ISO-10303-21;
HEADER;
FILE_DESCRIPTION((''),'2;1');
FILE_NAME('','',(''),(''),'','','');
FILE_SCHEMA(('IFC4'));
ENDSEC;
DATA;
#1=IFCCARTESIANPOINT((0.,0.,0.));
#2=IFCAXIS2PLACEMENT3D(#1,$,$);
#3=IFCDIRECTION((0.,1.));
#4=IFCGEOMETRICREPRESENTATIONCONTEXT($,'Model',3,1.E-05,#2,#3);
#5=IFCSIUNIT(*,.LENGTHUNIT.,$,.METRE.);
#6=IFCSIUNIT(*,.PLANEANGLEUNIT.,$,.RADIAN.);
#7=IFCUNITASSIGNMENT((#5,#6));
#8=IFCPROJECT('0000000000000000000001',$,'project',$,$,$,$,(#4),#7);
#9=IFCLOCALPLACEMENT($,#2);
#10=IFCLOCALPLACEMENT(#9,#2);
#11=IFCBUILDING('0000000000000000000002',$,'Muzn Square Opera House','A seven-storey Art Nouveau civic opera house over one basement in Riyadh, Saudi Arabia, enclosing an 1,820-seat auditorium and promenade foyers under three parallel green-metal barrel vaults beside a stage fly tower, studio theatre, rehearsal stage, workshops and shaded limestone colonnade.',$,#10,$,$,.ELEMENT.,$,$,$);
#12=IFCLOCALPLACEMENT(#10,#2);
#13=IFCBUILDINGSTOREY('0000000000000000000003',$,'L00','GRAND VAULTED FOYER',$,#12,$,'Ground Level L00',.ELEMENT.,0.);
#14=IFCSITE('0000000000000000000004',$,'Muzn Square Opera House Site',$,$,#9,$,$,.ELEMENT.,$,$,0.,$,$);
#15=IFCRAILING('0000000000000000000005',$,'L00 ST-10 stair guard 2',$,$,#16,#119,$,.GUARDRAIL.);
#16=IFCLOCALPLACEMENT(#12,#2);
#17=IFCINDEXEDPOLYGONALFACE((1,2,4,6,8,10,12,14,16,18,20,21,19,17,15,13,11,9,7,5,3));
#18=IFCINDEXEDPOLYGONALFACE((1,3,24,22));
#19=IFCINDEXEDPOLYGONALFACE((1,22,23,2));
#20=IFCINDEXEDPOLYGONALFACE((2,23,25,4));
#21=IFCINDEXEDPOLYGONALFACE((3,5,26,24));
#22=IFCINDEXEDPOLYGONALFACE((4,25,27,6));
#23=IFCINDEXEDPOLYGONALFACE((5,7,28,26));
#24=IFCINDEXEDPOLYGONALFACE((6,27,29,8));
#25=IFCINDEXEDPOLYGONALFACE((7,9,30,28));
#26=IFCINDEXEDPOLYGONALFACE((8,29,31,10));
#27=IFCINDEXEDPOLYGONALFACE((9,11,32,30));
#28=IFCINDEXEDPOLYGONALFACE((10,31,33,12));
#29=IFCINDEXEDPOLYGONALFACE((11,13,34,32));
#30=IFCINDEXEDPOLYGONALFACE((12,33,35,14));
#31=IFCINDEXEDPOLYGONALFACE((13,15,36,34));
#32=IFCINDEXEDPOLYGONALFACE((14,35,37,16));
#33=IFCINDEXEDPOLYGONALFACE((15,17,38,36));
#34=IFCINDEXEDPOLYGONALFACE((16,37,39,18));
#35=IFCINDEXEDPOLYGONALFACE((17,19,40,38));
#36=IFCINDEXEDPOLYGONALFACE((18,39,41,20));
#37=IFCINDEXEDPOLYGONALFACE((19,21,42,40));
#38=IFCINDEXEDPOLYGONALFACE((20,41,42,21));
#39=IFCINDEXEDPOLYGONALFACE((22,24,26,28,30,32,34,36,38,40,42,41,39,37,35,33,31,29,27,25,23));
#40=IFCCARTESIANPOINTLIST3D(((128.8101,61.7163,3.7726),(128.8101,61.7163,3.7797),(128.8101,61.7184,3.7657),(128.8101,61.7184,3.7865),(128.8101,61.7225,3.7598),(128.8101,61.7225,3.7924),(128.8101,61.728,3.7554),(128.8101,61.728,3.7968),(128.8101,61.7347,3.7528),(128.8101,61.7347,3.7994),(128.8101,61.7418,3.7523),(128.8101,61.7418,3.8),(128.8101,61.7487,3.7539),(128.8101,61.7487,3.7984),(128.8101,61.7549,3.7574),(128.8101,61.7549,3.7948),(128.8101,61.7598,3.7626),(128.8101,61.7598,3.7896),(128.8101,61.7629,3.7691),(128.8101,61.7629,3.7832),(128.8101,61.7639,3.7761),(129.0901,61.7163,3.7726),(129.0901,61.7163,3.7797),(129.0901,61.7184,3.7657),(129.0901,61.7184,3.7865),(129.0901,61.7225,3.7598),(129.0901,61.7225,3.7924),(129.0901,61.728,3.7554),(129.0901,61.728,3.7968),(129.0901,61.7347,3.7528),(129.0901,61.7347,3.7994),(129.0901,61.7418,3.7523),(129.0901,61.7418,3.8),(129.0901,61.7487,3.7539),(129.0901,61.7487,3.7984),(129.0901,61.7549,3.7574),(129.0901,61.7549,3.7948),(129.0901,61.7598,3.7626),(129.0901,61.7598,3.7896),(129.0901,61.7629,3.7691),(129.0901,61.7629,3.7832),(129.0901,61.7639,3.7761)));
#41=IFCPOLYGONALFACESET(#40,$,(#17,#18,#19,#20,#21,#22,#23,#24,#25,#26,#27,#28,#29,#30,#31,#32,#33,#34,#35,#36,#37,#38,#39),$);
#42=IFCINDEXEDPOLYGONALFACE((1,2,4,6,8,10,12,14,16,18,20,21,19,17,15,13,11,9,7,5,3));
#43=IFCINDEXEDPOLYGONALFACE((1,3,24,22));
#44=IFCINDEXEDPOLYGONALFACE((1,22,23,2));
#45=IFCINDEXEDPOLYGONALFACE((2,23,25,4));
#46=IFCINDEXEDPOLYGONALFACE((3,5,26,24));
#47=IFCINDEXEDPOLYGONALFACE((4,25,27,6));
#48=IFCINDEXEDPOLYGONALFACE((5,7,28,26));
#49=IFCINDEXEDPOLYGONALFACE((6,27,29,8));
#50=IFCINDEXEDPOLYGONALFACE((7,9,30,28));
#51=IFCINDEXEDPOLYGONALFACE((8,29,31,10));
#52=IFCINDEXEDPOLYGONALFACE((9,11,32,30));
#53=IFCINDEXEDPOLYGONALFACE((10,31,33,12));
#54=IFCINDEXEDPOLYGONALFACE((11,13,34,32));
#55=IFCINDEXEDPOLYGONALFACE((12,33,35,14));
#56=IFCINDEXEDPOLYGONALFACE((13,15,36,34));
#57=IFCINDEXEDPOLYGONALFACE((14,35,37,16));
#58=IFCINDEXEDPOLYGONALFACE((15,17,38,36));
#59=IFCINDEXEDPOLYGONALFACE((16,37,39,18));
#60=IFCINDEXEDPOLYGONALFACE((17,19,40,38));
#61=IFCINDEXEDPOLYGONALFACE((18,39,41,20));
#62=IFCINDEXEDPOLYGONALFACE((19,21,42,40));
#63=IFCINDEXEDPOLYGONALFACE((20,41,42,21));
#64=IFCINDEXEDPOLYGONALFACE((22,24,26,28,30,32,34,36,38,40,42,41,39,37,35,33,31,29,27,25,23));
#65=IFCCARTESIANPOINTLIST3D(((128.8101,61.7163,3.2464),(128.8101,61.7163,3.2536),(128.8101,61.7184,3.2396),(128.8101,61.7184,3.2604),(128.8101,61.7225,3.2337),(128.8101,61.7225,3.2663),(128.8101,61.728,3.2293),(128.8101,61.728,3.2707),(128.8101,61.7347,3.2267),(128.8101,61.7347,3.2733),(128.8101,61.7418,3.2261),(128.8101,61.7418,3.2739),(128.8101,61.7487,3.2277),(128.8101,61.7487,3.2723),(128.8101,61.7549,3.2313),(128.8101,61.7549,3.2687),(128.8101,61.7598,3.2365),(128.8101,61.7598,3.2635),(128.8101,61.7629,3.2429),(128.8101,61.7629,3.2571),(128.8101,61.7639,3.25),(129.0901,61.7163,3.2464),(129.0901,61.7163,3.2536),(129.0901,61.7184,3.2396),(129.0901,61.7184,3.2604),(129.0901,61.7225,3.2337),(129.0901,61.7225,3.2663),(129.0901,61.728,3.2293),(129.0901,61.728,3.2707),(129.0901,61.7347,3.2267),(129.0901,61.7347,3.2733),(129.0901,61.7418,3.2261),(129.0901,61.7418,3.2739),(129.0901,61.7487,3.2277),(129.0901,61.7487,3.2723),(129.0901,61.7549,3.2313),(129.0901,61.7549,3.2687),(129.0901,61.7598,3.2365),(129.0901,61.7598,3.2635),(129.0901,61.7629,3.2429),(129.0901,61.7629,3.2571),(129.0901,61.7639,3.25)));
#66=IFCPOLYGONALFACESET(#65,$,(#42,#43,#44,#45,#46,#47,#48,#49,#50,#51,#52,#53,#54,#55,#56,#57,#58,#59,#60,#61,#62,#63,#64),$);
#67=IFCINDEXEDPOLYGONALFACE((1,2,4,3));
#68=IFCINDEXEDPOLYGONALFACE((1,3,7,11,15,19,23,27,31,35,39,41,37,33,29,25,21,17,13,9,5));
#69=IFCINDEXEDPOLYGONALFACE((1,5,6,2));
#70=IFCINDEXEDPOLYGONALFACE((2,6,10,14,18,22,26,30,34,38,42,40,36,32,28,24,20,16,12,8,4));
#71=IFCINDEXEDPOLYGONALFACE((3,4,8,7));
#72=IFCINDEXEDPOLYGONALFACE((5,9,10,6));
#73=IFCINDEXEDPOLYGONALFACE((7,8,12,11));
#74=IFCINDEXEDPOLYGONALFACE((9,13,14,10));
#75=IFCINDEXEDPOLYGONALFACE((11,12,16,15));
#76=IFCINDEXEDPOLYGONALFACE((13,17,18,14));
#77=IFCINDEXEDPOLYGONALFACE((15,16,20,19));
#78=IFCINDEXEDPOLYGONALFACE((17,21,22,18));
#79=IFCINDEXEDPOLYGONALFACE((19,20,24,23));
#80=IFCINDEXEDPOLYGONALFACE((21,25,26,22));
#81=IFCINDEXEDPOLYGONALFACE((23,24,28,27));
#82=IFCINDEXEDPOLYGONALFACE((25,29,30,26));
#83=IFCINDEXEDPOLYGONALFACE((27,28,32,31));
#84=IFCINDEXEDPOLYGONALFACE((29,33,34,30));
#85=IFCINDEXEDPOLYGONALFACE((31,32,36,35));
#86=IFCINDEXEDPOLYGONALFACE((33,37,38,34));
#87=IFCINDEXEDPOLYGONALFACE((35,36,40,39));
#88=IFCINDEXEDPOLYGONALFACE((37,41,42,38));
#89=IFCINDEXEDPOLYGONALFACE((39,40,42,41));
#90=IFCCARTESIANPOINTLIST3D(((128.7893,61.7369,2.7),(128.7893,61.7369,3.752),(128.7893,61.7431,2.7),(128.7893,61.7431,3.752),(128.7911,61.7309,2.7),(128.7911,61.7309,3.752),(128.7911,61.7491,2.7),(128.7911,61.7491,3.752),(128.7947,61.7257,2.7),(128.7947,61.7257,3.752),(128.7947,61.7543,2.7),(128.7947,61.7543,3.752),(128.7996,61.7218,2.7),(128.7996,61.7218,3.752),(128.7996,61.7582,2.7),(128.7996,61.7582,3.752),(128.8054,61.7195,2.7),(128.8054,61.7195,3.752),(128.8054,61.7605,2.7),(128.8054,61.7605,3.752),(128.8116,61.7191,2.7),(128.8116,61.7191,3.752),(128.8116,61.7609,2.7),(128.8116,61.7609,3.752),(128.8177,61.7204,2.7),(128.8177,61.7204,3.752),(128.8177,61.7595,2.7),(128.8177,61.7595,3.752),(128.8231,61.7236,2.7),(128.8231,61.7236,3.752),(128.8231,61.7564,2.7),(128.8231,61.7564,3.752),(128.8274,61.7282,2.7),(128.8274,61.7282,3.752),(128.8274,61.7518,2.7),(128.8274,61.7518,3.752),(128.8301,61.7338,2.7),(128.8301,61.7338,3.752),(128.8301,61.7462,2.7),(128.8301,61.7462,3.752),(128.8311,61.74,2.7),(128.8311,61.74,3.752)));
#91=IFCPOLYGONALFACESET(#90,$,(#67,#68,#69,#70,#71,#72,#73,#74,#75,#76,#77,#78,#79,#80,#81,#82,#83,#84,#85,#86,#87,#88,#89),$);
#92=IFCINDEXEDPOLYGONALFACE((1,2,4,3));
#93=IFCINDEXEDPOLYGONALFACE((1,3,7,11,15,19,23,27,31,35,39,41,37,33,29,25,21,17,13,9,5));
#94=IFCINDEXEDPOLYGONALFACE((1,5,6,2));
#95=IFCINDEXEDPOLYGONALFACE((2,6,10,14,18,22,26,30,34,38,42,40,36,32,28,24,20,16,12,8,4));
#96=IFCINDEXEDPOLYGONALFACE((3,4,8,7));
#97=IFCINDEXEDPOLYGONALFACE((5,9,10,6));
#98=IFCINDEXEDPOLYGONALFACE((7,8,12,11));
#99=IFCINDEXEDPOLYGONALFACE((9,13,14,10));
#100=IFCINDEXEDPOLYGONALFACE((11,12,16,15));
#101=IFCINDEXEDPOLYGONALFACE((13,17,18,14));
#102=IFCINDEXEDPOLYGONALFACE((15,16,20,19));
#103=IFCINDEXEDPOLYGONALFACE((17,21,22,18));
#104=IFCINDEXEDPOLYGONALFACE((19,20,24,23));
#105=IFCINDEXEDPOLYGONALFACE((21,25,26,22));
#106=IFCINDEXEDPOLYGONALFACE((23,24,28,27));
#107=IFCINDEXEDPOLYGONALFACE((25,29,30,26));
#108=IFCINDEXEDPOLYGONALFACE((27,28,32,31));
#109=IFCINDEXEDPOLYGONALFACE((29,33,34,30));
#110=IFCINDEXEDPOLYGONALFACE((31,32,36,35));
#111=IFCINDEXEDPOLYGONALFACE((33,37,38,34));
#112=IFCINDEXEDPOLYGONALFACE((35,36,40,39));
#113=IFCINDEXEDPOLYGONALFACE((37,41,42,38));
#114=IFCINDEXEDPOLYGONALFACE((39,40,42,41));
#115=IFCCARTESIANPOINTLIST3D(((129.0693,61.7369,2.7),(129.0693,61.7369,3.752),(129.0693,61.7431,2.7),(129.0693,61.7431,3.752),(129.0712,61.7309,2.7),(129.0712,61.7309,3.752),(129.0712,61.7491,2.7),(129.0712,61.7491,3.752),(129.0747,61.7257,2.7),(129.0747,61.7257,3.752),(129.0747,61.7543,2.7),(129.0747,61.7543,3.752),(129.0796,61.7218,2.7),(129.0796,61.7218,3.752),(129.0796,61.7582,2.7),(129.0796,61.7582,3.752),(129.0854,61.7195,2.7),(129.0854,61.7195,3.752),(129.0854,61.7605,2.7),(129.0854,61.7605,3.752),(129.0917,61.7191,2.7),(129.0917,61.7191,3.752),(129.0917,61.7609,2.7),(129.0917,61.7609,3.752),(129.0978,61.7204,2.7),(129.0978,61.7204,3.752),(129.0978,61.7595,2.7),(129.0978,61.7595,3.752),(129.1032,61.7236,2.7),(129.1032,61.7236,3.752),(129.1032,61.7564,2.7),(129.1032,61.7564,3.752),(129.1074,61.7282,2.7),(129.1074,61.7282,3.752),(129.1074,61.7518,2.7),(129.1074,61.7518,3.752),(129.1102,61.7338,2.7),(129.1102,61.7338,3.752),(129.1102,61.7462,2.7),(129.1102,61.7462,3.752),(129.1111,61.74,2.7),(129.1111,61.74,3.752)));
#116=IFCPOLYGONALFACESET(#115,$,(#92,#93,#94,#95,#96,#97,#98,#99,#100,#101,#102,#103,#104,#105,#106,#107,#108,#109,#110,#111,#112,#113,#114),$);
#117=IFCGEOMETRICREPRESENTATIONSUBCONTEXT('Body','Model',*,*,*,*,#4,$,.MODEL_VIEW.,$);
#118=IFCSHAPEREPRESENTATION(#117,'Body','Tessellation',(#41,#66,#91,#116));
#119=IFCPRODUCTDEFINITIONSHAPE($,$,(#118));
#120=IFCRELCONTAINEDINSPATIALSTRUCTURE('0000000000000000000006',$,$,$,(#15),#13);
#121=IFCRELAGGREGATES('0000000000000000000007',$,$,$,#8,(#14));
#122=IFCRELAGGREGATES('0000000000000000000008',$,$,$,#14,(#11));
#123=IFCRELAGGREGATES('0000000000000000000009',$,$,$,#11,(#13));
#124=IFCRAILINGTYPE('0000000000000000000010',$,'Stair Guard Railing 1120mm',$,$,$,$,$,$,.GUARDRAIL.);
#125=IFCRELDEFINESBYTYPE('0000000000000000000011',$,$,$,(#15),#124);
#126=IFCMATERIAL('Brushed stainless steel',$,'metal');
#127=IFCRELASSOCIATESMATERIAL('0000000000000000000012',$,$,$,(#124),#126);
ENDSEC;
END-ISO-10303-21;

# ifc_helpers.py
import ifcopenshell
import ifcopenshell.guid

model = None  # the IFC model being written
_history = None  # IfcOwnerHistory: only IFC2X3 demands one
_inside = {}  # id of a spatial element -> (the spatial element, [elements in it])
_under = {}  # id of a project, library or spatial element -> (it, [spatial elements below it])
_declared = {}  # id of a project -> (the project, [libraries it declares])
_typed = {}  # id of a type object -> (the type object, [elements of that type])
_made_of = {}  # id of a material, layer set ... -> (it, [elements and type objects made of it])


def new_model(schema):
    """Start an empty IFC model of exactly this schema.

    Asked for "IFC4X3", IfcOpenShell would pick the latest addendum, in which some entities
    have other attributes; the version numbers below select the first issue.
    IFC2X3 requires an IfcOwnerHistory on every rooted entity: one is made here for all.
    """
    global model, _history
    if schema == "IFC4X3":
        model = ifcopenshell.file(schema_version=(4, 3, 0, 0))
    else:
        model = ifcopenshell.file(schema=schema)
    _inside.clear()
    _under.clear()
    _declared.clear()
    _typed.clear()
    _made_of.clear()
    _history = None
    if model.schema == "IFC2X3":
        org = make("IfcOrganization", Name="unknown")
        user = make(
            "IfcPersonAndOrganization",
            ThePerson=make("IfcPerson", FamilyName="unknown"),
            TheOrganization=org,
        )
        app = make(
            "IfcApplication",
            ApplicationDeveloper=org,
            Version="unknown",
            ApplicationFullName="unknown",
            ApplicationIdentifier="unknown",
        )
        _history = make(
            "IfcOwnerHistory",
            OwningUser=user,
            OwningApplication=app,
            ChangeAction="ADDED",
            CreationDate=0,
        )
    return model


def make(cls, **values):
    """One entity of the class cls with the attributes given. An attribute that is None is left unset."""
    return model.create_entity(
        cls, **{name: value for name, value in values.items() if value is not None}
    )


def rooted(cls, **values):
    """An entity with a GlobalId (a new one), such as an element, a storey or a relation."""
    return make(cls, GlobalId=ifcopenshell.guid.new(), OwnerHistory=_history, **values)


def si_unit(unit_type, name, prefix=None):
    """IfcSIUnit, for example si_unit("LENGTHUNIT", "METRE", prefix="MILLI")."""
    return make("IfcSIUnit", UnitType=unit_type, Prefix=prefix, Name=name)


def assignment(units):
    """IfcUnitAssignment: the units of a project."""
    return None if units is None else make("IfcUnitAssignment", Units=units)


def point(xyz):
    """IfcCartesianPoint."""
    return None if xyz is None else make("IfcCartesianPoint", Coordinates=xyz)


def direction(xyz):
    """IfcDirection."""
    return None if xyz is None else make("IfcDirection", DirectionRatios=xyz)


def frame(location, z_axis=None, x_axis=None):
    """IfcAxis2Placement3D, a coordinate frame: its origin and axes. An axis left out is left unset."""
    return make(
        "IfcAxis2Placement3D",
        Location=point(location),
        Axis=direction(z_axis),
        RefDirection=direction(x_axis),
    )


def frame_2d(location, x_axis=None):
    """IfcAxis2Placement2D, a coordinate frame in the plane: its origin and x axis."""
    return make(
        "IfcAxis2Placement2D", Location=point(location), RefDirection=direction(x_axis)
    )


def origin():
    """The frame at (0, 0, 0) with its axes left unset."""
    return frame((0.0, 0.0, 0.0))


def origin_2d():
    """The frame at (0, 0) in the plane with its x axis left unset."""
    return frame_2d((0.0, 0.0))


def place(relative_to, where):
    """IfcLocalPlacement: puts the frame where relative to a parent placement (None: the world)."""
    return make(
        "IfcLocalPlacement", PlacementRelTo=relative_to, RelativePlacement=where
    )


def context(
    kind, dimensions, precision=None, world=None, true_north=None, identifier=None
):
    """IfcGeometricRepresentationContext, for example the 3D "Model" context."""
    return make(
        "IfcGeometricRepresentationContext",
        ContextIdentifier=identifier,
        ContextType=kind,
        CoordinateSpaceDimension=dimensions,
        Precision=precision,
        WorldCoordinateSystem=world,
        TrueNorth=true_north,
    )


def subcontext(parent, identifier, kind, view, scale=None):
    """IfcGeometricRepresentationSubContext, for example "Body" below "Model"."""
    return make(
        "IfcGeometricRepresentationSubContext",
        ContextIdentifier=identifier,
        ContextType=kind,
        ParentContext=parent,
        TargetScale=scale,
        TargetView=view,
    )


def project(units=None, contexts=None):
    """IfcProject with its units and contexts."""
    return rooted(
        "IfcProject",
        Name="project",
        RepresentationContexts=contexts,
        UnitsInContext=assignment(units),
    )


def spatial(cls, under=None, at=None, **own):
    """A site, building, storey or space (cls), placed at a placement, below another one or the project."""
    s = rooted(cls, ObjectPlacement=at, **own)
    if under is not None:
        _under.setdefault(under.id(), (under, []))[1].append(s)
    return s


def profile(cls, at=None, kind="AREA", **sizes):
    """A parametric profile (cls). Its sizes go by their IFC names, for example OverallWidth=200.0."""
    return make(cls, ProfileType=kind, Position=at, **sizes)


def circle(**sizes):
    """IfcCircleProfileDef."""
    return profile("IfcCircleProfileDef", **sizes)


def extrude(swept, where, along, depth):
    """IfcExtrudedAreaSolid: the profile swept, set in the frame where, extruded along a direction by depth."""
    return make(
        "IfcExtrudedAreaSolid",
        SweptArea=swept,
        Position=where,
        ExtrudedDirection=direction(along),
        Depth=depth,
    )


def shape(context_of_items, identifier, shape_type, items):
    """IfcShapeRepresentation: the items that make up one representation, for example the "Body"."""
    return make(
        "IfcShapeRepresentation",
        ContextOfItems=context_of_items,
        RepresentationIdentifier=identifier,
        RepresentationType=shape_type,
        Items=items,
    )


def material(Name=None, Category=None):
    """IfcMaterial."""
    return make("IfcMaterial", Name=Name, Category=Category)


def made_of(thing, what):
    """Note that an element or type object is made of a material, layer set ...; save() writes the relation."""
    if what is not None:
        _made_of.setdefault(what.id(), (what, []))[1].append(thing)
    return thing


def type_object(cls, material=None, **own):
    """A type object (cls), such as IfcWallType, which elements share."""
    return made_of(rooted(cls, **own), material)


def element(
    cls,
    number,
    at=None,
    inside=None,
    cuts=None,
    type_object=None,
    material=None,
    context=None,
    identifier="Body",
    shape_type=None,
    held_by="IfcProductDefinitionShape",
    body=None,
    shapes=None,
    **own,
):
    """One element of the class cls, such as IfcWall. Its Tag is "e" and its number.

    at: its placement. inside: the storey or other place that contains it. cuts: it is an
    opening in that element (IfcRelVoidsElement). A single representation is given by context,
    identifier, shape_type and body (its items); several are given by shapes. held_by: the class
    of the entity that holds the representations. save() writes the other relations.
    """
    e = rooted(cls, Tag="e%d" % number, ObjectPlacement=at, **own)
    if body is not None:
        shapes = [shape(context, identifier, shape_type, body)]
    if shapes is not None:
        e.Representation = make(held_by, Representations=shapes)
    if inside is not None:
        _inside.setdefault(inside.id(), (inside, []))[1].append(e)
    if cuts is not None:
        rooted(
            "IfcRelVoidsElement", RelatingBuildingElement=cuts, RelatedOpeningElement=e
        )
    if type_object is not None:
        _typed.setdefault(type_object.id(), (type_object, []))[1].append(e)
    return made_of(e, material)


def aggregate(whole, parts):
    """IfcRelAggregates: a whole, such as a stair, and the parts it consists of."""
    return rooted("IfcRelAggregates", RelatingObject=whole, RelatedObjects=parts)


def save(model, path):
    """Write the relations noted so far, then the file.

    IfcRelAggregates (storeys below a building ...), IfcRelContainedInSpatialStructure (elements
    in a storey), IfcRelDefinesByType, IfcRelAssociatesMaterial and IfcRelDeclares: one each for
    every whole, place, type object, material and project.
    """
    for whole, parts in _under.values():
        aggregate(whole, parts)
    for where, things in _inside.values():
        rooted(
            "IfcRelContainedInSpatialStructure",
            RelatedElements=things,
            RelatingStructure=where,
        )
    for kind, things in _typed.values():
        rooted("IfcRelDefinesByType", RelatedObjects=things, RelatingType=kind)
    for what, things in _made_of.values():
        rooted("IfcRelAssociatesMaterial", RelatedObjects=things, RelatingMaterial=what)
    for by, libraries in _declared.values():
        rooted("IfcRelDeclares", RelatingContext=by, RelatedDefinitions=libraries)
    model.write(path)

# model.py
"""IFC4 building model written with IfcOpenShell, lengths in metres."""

from ifc_helpers import new_model, si_unit, direction, frame, origin, origin_2d, place, context, subcontext, project, spatial, circle, extrude, material, type_object, element, save


model = new_model("IFC4")

# Units and contexts
model_context = context("Model", 3, precision=1e-05, world=origin(), true_north=direction((0.0, 1.0)))
body_context = subcontext(model_context, "Body", "Model", "MODEL_VIEW")
ifc_project = project(units=[si_unit("LENGTHUNIT", "METRE"), si_unit("PLANEANGLEUNIT", "RADIAN")], contexts=[model_context])

# Site, building, storey
site_placement = place(None, origin())
site = spatial("IfcSite", under=ifc_project, at=site_placement, Name="Muzn Square Opera House Site", CompositionType="ELEMENT", RefElevation=0.0)
building_placement = place(site_placement, origin())
building = spatial("IfcBuilding", under=site, at=building_placement, Name="Muzn Square Opera House", Description="A seven-storey Art Nouveau civic opera house over one basement in Riyadh, Saudi Arabia, enclosing an 1,820-seat auditorium and promenade foyers under three parallel green-metal barrel vaults beside a stage fly tower, studio theatre, rehearsal stage, workshops and shaded limestone colonnade.", CompositionType="ELEMENT")
storey_placement = place(building_placement, origin())
storey = spatial("IfcBuildingStorey", under=building, at=storey_placement, Name="L00", Description="GRAND VAULTED FOYER", LongName="Ground Level L00", CompositionType="ELEMENT", Elevation=0.0)

# Railing
ifc_material_1 = material(Name="Brushed stainless steel", Category="metal")
railing_type_1 = type_object("IfcRailingType", Name="Stair Guard Railing 1120mm", PredefinedType="GUARDRAIL", material=ifc_material_1)
railing_1_placement = place(storey_placement, frame((128.8101, 61.74, 2.7)))
element("IfcRailing", 1, at=railing_1_placement, inside=storey, type_object=railing_type_1, Name="L00 ST-10 stair guard 2", PredefinedType="GUARDRAIL", context=body_context, shape_type="SweptSolid", body=[
    extrude(circle(Radius=0.0239, at=origin_2d()), frame((0.0, 0.0, 1.0762), z_axis=(1.0, 0.0, 0.0), x_axis=(0.0, 1.0, 0.0)), (0.0, 0.0, 1.0), 0.28),
    extrude(circle(Radius=0.0239, at=origin_2d()), frame((0.0, 0.0, 0.55), z_axis=(1.0, 0.0, 0.0), x_axis=(0.0, 1.0, 0.0)), (0.0, 0.0, 1.0), 0.28),
    extrude(circle(Radius=0.021, at=origin_2d()), origin(), (0.0, 0.0, 1.0), 1.052),
    extrude(circle(Radius=0.021, at=origin_2d()), frame((0.28, 0.0, 0.0)), (0.0, 0.0, 1.0), 1.052),
])

save(model, "model.ifc")
